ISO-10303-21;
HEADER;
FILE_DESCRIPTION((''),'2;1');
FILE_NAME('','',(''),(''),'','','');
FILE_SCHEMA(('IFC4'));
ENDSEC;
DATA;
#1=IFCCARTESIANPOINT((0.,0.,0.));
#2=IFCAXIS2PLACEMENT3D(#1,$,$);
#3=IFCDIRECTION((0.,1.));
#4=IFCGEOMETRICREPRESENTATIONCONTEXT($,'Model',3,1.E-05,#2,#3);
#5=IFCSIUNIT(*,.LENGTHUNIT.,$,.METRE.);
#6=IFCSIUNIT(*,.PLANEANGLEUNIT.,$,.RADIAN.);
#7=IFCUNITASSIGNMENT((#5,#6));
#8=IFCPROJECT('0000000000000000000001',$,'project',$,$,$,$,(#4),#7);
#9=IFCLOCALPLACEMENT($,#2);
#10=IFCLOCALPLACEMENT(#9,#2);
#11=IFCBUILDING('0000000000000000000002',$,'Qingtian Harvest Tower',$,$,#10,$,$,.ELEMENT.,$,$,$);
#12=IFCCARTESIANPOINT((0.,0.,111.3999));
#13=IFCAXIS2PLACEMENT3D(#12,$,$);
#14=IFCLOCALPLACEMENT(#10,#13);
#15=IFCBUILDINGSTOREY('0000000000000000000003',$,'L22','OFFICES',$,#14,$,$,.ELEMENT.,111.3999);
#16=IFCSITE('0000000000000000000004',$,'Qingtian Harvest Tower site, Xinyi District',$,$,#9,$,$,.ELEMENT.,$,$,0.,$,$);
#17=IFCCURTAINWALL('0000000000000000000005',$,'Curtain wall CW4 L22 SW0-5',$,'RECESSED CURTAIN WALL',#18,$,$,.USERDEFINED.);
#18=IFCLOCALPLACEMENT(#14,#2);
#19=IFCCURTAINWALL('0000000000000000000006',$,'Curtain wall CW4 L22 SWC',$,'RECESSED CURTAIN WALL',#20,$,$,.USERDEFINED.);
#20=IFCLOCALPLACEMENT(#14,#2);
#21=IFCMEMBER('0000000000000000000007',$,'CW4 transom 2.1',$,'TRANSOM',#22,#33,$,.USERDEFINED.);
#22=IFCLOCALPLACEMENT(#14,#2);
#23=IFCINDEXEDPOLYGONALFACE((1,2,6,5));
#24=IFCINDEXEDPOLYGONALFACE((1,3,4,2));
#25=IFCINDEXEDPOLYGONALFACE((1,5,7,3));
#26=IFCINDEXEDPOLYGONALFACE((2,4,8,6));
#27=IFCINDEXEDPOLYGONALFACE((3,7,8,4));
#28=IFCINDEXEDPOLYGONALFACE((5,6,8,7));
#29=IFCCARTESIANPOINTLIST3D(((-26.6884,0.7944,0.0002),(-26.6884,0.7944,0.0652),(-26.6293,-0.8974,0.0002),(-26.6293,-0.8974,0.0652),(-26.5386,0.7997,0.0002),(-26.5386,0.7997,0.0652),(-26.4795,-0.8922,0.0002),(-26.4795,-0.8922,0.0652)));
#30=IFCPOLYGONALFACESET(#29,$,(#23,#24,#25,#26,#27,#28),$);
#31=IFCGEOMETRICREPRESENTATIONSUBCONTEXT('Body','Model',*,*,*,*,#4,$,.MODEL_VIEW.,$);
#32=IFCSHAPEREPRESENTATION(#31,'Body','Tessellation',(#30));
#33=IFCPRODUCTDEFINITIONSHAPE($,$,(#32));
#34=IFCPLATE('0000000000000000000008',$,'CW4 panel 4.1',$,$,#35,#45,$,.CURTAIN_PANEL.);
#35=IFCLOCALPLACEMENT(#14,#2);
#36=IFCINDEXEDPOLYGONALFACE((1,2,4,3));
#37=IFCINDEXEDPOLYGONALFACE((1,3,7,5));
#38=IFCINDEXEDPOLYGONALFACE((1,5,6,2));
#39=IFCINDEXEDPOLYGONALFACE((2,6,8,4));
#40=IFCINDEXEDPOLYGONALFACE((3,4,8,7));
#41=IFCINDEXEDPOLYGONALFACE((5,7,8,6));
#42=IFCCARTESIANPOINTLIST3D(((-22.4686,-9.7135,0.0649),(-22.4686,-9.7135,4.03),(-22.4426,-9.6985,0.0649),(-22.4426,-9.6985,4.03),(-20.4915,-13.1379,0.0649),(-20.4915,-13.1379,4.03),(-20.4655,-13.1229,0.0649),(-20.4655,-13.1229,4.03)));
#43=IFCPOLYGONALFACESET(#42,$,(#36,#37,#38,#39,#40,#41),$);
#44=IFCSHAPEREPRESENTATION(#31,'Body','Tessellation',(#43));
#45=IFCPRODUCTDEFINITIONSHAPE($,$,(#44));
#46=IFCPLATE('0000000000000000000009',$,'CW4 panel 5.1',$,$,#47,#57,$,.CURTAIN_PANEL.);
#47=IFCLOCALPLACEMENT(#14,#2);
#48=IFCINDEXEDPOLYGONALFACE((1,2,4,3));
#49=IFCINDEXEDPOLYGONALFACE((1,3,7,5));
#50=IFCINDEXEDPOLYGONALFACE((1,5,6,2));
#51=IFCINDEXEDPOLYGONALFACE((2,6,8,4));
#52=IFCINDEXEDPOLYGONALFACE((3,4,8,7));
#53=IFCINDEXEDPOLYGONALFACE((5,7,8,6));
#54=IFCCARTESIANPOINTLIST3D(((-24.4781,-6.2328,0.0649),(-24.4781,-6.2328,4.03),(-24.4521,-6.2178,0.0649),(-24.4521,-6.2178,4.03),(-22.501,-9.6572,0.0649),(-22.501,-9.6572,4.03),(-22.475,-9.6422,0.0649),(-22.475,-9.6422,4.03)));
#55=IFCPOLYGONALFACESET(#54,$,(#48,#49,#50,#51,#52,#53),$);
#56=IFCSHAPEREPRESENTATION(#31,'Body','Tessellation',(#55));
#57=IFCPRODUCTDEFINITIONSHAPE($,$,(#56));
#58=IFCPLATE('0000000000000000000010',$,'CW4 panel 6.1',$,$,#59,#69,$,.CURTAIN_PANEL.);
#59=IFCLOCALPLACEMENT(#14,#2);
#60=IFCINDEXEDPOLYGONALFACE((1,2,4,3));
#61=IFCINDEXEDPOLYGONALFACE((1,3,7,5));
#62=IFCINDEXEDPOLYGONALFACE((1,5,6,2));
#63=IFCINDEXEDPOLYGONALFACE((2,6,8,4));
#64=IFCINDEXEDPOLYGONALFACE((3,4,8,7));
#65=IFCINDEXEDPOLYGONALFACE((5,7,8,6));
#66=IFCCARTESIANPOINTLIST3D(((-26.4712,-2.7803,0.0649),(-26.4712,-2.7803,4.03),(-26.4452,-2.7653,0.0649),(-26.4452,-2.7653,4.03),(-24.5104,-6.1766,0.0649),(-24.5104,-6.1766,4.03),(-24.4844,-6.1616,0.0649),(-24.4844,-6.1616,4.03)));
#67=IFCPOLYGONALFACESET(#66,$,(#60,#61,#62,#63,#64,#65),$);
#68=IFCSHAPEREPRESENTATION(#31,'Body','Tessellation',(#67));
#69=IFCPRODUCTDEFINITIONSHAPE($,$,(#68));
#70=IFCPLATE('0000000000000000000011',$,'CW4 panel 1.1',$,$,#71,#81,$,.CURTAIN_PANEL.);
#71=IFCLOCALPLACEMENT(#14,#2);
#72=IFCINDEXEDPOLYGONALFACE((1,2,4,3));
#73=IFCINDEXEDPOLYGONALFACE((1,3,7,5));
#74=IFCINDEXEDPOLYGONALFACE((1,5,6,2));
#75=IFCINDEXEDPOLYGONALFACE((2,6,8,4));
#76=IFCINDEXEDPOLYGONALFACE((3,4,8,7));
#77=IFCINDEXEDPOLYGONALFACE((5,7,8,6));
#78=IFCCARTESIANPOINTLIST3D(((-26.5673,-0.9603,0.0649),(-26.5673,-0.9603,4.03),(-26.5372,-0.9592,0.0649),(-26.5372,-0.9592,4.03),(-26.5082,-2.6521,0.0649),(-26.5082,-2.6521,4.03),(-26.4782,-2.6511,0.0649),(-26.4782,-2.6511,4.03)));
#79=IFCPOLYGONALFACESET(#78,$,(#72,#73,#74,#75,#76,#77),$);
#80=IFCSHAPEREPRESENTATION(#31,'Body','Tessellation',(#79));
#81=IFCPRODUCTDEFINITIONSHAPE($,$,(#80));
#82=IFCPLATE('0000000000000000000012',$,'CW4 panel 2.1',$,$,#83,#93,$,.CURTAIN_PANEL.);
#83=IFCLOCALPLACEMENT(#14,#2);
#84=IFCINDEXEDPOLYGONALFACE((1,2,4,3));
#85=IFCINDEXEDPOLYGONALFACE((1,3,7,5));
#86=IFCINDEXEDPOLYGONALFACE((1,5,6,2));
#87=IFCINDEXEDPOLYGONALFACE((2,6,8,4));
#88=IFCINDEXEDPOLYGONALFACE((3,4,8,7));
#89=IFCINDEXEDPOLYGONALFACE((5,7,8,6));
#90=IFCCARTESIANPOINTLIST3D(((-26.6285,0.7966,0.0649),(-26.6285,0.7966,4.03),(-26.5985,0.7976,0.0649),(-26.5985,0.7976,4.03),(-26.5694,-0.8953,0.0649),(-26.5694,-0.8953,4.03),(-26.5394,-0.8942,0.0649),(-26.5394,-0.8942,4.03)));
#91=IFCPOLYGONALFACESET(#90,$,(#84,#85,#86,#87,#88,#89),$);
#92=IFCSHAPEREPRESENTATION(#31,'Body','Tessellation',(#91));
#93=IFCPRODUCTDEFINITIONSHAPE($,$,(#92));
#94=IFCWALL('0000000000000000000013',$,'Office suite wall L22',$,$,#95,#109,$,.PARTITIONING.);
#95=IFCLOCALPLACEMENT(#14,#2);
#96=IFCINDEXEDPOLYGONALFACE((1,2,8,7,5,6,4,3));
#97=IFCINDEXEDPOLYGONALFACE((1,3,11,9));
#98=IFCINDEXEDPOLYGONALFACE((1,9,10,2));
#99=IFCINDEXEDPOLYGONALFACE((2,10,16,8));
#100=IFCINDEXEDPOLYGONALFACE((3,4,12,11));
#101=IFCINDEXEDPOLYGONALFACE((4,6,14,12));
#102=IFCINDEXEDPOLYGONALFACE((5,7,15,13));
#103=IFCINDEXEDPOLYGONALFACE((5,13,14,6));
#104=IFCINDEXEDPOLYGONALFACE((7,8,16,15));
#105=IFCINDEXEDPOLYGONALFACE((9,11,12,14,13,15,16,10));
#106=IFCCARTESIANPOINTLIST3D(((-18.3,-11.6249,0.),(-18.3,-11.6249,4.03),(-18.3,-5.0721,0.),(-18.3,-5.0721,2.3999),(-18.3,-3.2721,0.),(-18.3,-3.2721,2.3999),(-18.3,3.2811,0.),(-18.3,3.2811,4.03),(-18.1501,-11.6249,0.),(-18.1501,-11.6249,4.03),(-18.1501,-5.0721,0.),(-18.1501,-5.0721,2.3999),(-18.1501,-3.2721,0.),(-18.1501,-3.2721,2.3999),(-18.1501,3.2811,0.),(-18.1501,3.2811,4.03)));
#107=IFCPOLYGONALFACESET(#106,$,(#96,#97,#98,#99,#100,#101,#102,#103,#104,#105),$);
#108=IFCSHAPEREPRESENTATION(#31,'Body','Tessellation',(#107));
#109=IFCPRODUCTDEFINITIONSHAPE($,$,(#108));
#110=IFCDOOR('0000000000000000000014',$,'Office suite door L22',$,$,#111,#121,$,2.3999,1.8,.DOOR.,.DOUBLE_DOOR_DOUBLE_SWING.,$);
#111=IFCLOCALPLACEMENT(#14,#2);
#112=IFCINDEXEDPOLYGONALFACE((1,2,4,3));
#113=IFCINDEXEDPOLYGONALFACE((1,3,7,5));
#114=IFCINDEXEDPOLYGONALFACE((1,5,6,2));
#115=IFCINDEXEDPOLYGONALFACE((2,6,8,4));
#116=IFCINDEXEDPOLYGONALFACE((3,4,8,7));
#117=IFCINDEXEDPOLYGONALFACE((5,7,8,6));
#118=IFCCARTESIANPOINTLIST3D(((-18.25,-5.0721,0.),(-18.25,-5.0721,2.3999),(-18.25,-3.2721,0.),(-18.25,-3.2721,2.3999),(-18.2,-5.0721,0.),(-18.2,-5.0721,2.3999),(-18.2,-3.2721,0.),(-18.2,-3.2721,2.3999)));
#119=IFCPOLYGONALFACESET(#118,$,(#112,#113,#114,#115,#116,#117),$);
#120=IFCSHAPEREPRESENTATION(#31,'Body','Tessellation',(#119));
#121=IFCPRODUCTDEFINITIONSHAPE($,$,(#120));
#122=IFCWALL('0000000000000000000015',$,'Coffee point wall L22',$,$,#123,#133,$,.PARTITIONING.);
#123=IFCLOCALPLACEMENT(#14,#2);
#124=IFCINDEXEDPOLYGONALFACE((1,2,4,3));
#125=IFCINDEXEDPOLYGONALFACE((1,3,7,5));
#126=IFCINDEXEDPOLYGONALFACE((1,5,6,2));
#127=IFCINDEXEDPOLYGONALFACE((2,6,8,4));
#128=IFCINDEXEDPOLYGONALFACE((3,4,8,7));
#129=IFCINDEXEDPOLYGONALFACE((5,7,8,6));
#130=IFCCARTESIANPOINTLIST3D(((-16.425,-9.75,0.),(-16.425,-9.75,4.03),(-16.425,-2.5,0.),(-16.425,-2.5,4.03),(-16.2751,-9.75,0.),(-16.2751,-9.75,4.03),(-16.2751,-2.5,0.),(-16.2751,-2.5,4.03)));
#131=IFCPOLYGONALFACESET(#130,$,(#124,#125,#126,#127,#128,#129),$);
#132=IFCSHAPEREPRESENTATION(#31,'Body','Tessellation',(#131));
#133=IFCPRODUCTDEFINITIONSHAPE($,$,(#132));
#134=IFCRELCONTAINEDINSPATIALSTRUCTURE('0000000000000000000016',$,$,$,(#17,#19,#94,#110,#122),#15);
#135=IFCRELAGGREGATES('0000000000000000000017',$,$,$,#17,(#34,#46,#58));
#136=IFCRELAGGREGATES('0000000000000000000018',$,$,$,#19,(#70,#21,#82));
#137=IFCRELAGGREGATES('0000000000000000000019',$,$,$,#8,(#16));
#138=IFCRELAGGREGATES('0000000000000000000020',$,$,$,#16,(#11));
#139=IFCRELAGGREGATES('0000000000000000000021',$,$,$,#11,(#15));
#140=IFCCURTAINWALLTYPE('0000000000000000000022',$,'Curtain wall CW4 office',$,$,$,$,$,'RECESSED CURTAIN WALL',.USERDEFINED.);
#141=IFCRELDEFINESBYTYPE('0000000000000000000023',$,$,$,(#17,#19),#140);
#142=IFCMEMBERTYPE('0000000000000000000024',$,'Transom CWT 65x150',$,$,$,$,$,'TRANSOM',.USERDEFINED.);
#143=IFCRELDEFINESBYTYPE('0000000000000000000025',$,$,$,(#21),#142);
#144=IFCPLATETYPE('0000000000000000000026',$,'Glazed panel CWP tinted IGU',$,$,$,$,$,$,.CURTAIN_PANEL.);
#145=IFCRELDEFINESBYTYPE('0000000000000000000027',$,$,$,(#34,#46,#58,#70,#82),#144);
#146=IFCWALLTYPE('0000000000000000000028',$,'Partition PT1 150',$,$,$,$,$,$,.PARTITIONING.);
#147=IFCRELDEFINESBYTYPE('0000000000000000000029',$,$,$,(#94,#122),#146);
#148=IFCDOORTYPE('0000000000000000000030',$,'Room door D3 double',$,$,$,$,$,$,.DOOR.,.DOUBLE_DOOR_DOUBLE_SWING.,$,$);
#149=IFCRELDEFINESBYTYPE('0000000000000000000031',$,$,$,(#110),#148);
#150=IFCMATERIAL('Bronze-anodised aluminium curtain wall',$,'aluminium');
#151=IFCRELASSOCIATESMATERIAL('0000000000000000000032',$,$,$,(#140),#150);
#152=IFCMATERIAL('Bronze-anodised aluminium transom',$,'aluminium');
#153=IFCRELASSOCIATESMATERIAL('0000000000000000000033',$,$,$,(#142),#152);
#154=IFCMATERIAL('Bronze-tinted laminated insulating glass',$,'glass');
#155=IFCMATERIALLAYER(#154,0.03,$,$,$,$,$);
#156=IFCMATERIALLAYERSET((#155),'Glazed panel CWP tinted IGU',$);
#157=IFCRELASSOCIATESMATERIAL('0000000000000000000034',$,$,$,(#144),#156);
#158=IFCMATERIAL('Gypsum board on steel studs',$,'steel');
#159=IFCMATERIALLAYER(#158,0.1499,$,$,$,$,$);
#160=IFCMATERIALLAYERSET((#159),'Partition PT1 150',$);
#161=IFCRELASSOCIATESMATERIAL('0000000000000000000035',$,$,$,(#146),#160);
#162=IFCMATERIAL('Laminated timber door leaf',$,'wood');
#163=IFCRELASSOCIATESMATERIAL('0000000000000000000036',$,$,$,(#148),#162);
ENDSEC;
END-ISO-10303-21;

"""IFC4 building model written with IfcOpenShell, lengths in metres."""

from ifc_helpers import new_model, si_unit, direction, frame, frame_2d, origin, origin_2d, place, context, subcontext, project, spatial, rectangle, extrude, material, layer, layer_set, material_profile, profile_set, type_object, element, fill, aggregate, save


model = new_model("IFC4")

# Units and contexts
model_context = context("Model", 3, precision=1e-05, world=origin(), true_north=direction((0.0, 1.0)))
body_context = subcontext(model_context, "Body", "Model", "MODEL_VIEW")
ifc_project = project(units=[si_unit("LENGTHUNIT", "METRE"), si_unit("PLANEANGLEUNIT", "RADIAN")], contexts=[model_context])

# Site, building, storey
site_placement = place(None, origin())
site = spatial("IfcSite", under=ifc_project, at=site_placement, Name="Qingtian Harvest Tower site, Xinyi District", CompositionType="ELEMENT", RefElevation=0.0)
building_placement = place(site_placement, origin())
building = spatial("IfcBuilding", under=site, at=building_placement, Name="Qingtian Harvest Tower", CompositionType="ELEMENT")
storey_placement = place(building_placement, frame((0.0, 0.0, 111.3999)))
storey = spatial("IfcBuildingStorey", under=building, at=storey_placement, Name="L22", Description="OFFICES", CompositionType="ELEMENT", Elevation=111.3999)

# Curtain walls
ifc_material_1 = material(Name="Bronze-anodised aluminium curtain wall", Category="aluminium")
curtain_wall_type = type_object("IfcCurtainWallType", Name="Curtain wall CW4 office", ElementType="RECESSED CURTAIN WALL", PredefinedType="USERDEFINED", material=ifc_material_1)
curtain_wall_1_placement = place(storey_placement, origin())
curtain_wall_1 = element("IfcCurtainWall", 1, at=curtain_wall_1_placement, inside=storey, type_object=curtain_wall_type, Name="Curtain wall CW4 L22 SW0-5", ObjectType="RECESSED CURTAIN WALL", PredefinedType="USERDEFINED")
curtain_wall_2_placement = place(storey_placement, origin())
curtain_wall_2 = element("IfcCurtainWall", 2, at=curtain_wall_2_placement, inside=storey, type_object=curtain_wall_type, Name="Curtain wall CW4 L22 SWC", ObjectType="RECESSED CURTAIN WALL", PredefinedType="USERDEFINED")

# Member
ifc_material_2 = material(Name="Bronze-anodised aluminium transom", Category="aluminium")
ifc_material_profile_1 = material_profile(ifc_material_2, rectangle(XDim=0.1499, YDim=0.0649, at=origin_2d()), Name="AL 65x150")
ifc_profile_set_1 = profile_set([ifc_material_profile_1], Name="Bronze-anodised aluminium transom")
member_type_1 = type_object("IfcMemberType", Name="Transom CWT 65x150", ElementType="TRANSOM", PredefinedType="USERDEFINED", material=ifc_profile_set_1)
member_1_placement = place(storey_placement, frame((-26.5544, -0.8948, 0.0327), z_axis=(-0.034899, 0.999391, 0.0), x_axis=(-0.999391, -0.034899, 0.0)))
member_1 = element("IfcMember", 3, at=member_1_placement, type_object=member_type_1, Name="CW4 transom 2.1", ObjectType="TRANSOM", PredefinedType="USERDEFINED", context=body_context, shape_type="SweptSolid", body=[
    extrude(rectangle(XDim=0.1499, YDim=0.0649, at=origin_2d()), origin(), (0.0, 0.0, 1.0), 1.6929),
])

# Plates
ifc_material_3 = material(Name="Bronze-tinted laminated insulating glass", Category="glass")
ifc_layer_1 = layer(ifc_material_3, 0.03)
ifc_layer_set_1 = layer_set([ifc_layer_1], Name="Glazed panel CWP tinted IGU")
plate_type = type_object("IfcPlateType", Name="Glazed panel CWP tinted IGU", PredefinedType="CURTAIN_PANEL", material=ifc_layer_set_1)
plate_1_placement = place(storey_placement, frame((-21.467, -11.4182, 0.0649), z_axis=(0.0, 0.0, 1.0), x_axis=(-0.5, 0.866025, 0.0)))
plate_1 = element("IfcPlate", 4, at=plate_1_placement, type_object=plate_type, Name="CW4 panel 4.1", PredefinedType="CURTAIN_PANEL", context=body_context, shape_type="SweptSolid", body=[
    extrude(rectangle(XDim=3.9541, YDim=0.03, at=origin_2d()), origin(), (0.0, 0.0, 1.0), 3.9651),
])
plate_2_placement = place(storey_placement, frame((-23.4766, -7.9375, 0.0649), z_axis=(0.0, 0.0, 1.0), x_axis=(-0.5, 0.866025, 0.0)))
plate_2 = element("IfcPlate", 5, at=plate_2_placement, type_object=plate_type, Name="CW4 panel 5.1", PredefinedType="CURTAIN_PANEL", context=body_context, shape_type="SweptSolid", body=[
    extrude(rectangle(XDim=3.9541, YDim=0.03, at=origin_2d()), origin(), (0.0, 0.0, 1.0), 3.9651),
])
plate_3_placement = place(storey_placement, frame((-25.4778, -4.4709, 0.0649), z_axis=(0.0, 0.0, 1.0), x_axis=(-0.5, 0.866025, 0.0)))
plate_3 = element("IfcPlate", 6, at=plate_3_placement, type_object=plate_type, Name="CW4 panel 6.1", PredefinedType="CURTAIN_PANEL", context=body_context, shape_type="SweptSolid", body=[
    extrude(rectangle(XDim=3.9216, YDim=0.03, at=origin_2d()), origin(), (0.0, 0.0, 1.0), 3.9651),
])
aggregate(curtain_wall_1, [plate_1, plate_2, plate_3])
plate_4_placement = place(storey_placement, frame((-26.5227, -1.8057, 0.0649), z_axis=(0.0, 0.0, 1.0), x_axis=(-0.034899, 0.999391, 0.0)))
plate_4 = element("IfcPlate", 7, at=plate_4_placement, type_object=plate_type, Name="CW4 panel 1.1", PredefinedType="CURTAIN_PANEL", context=body_context, shape_type="SweptSolid", body=[
    extrude(rectangle(XDim=1.6929, YDim=0.03, at=origin_2d()), origin(), (0.0, 0.0, 1.0), 3.9651),
])
plate_5_placement = place(storey_placement, frame((-26.584, -0.0488, 0.0649), z_axis=(0.0, 0.0, 1.0), x_axis=(-0.034899, 0.999391, 0.0)))
plate_5 = element("IfcPlate", 8, at=plate_5_placement, type_object=plate_type, Name="CW4 panel 2.1", PredefinedType="CURTAIN_PANEL", context=body_context, shape_type="SweptSolid", body=[
    extrude(rectangle(XDim=1.6929, YDim=0.03, at=origin_2d()), origin(), (0.0, 0.0, 1.0), 3.9651),
])
aggregate(curtain_wall_2, [plate_4, member_1, plate_5])

# Wall, opening, door
ifc_material_4 = material(Name="Gypsum board on steel studs", Category="steel")
ifc_layer_2 = layer(ifc_material_4, 0.1499)
ifc_layer_set_2 = layer_set([ifc_layer_2], Name="Partition PT1 150")
wall_type = type_object("IfcWallType", Name="Partition PT1 150", PredefinedType="PARTITIONING", material=ifc_layer_set_2)
wall_1_placement = place(storey_placement, frame((-18.2251, -11.625, 0.0), z_axis=(0.0, 0.0, 1.0), x_axis=(0.0, 1.0, 0.0)))
wall_1 = element("IfcWall", 9, at=wall_1_placement, inside=storey, type_object=wall_type, Name="Office suite wall L22", PredefinedType="PARTITIONING", context=body_context, shape_type="SweptSolid", body=[
    extrude(rectangle(XDim=14.906, YDim=0.1499, at=frame_2d((7.4531, 0.0))), origin(), (0.0, 0.0, 1.0), 4.03),
])
opening_placement = place(wall_1_placement, frame((6.553, 0.0, 0.0)))
opening = element("IfcOpeningElement", 10, at=opening_placement, cuts=wall_1, PredefinedType="OPENING", context=body_context, shape_type="SweptSolid", body=[
    extrude(rectangle(XDim=1.8, YDim=2.3999, at=frame_2d((0.8999, 1.2))), frame((0.0, 0.085, 0.0), z_axis=(0.0, -1.0, 0.0), x_axis=(1.0, 0.0, 0.0)), (0.0, 0.0, 1.0), 0.1699),
])
ifc_material_5 = material(Name="Laminated timber door leaf", Category="wood")
door_type = type_object("IfcDoorType", Name="Room door D3 double", OperationType="DOUBLE_DOOR_DOUBLE_SWING", PredefinedType="DOOR", material=ifc_material_5)
door_placement = place(opening_placement, origin())
door = element("IfcDoor", 11, at=door_placement, inside=storey, type_object=door_type, Name="Office suite door L22", OperationType="DOUBLE_DOOR_DOUBLE_SWING", OverallHeight=2.3999, OverallWidth=1.8, PredefinedType="DOOR", context=body_context, shape_type="SweptSolid", body=[
    extrude(rectangle(XDim=1.8, YDim=2.3999, at=frame_2d((0.8999, 1.2))), frame((0.0, 0.0249, 0.0), z_axis=(0.0, -1.0, 0.0), x_axis=(1.0, 0.0, 0.0)), (0.0, 0.0, 1.0), 0.05),
])
fill(opening, door)

# Wall
wall_2_placement = place(storey_placement, frame((-16.3501, -9.75, 0.0), z_axis=(0.0, 0.0, 1.0), x_axis=(0.0, 1.0, 0.0)))
element("IfcWall", 12, at=wall_2_placement, inside=storey, type_object=wall_type, Name="Coffee point wall L22", PredefinedType="PARTITIONING", context=body_context, shape_type="SweptSolid", body=[
    extrude(rectangle(XDim=7.25, YDim=0.1499, at=frame_2d((3.625, 0.0))), origin(), (0.0, 0.0, 1.0), 4.03),
])

save(model, "model.ifc")
